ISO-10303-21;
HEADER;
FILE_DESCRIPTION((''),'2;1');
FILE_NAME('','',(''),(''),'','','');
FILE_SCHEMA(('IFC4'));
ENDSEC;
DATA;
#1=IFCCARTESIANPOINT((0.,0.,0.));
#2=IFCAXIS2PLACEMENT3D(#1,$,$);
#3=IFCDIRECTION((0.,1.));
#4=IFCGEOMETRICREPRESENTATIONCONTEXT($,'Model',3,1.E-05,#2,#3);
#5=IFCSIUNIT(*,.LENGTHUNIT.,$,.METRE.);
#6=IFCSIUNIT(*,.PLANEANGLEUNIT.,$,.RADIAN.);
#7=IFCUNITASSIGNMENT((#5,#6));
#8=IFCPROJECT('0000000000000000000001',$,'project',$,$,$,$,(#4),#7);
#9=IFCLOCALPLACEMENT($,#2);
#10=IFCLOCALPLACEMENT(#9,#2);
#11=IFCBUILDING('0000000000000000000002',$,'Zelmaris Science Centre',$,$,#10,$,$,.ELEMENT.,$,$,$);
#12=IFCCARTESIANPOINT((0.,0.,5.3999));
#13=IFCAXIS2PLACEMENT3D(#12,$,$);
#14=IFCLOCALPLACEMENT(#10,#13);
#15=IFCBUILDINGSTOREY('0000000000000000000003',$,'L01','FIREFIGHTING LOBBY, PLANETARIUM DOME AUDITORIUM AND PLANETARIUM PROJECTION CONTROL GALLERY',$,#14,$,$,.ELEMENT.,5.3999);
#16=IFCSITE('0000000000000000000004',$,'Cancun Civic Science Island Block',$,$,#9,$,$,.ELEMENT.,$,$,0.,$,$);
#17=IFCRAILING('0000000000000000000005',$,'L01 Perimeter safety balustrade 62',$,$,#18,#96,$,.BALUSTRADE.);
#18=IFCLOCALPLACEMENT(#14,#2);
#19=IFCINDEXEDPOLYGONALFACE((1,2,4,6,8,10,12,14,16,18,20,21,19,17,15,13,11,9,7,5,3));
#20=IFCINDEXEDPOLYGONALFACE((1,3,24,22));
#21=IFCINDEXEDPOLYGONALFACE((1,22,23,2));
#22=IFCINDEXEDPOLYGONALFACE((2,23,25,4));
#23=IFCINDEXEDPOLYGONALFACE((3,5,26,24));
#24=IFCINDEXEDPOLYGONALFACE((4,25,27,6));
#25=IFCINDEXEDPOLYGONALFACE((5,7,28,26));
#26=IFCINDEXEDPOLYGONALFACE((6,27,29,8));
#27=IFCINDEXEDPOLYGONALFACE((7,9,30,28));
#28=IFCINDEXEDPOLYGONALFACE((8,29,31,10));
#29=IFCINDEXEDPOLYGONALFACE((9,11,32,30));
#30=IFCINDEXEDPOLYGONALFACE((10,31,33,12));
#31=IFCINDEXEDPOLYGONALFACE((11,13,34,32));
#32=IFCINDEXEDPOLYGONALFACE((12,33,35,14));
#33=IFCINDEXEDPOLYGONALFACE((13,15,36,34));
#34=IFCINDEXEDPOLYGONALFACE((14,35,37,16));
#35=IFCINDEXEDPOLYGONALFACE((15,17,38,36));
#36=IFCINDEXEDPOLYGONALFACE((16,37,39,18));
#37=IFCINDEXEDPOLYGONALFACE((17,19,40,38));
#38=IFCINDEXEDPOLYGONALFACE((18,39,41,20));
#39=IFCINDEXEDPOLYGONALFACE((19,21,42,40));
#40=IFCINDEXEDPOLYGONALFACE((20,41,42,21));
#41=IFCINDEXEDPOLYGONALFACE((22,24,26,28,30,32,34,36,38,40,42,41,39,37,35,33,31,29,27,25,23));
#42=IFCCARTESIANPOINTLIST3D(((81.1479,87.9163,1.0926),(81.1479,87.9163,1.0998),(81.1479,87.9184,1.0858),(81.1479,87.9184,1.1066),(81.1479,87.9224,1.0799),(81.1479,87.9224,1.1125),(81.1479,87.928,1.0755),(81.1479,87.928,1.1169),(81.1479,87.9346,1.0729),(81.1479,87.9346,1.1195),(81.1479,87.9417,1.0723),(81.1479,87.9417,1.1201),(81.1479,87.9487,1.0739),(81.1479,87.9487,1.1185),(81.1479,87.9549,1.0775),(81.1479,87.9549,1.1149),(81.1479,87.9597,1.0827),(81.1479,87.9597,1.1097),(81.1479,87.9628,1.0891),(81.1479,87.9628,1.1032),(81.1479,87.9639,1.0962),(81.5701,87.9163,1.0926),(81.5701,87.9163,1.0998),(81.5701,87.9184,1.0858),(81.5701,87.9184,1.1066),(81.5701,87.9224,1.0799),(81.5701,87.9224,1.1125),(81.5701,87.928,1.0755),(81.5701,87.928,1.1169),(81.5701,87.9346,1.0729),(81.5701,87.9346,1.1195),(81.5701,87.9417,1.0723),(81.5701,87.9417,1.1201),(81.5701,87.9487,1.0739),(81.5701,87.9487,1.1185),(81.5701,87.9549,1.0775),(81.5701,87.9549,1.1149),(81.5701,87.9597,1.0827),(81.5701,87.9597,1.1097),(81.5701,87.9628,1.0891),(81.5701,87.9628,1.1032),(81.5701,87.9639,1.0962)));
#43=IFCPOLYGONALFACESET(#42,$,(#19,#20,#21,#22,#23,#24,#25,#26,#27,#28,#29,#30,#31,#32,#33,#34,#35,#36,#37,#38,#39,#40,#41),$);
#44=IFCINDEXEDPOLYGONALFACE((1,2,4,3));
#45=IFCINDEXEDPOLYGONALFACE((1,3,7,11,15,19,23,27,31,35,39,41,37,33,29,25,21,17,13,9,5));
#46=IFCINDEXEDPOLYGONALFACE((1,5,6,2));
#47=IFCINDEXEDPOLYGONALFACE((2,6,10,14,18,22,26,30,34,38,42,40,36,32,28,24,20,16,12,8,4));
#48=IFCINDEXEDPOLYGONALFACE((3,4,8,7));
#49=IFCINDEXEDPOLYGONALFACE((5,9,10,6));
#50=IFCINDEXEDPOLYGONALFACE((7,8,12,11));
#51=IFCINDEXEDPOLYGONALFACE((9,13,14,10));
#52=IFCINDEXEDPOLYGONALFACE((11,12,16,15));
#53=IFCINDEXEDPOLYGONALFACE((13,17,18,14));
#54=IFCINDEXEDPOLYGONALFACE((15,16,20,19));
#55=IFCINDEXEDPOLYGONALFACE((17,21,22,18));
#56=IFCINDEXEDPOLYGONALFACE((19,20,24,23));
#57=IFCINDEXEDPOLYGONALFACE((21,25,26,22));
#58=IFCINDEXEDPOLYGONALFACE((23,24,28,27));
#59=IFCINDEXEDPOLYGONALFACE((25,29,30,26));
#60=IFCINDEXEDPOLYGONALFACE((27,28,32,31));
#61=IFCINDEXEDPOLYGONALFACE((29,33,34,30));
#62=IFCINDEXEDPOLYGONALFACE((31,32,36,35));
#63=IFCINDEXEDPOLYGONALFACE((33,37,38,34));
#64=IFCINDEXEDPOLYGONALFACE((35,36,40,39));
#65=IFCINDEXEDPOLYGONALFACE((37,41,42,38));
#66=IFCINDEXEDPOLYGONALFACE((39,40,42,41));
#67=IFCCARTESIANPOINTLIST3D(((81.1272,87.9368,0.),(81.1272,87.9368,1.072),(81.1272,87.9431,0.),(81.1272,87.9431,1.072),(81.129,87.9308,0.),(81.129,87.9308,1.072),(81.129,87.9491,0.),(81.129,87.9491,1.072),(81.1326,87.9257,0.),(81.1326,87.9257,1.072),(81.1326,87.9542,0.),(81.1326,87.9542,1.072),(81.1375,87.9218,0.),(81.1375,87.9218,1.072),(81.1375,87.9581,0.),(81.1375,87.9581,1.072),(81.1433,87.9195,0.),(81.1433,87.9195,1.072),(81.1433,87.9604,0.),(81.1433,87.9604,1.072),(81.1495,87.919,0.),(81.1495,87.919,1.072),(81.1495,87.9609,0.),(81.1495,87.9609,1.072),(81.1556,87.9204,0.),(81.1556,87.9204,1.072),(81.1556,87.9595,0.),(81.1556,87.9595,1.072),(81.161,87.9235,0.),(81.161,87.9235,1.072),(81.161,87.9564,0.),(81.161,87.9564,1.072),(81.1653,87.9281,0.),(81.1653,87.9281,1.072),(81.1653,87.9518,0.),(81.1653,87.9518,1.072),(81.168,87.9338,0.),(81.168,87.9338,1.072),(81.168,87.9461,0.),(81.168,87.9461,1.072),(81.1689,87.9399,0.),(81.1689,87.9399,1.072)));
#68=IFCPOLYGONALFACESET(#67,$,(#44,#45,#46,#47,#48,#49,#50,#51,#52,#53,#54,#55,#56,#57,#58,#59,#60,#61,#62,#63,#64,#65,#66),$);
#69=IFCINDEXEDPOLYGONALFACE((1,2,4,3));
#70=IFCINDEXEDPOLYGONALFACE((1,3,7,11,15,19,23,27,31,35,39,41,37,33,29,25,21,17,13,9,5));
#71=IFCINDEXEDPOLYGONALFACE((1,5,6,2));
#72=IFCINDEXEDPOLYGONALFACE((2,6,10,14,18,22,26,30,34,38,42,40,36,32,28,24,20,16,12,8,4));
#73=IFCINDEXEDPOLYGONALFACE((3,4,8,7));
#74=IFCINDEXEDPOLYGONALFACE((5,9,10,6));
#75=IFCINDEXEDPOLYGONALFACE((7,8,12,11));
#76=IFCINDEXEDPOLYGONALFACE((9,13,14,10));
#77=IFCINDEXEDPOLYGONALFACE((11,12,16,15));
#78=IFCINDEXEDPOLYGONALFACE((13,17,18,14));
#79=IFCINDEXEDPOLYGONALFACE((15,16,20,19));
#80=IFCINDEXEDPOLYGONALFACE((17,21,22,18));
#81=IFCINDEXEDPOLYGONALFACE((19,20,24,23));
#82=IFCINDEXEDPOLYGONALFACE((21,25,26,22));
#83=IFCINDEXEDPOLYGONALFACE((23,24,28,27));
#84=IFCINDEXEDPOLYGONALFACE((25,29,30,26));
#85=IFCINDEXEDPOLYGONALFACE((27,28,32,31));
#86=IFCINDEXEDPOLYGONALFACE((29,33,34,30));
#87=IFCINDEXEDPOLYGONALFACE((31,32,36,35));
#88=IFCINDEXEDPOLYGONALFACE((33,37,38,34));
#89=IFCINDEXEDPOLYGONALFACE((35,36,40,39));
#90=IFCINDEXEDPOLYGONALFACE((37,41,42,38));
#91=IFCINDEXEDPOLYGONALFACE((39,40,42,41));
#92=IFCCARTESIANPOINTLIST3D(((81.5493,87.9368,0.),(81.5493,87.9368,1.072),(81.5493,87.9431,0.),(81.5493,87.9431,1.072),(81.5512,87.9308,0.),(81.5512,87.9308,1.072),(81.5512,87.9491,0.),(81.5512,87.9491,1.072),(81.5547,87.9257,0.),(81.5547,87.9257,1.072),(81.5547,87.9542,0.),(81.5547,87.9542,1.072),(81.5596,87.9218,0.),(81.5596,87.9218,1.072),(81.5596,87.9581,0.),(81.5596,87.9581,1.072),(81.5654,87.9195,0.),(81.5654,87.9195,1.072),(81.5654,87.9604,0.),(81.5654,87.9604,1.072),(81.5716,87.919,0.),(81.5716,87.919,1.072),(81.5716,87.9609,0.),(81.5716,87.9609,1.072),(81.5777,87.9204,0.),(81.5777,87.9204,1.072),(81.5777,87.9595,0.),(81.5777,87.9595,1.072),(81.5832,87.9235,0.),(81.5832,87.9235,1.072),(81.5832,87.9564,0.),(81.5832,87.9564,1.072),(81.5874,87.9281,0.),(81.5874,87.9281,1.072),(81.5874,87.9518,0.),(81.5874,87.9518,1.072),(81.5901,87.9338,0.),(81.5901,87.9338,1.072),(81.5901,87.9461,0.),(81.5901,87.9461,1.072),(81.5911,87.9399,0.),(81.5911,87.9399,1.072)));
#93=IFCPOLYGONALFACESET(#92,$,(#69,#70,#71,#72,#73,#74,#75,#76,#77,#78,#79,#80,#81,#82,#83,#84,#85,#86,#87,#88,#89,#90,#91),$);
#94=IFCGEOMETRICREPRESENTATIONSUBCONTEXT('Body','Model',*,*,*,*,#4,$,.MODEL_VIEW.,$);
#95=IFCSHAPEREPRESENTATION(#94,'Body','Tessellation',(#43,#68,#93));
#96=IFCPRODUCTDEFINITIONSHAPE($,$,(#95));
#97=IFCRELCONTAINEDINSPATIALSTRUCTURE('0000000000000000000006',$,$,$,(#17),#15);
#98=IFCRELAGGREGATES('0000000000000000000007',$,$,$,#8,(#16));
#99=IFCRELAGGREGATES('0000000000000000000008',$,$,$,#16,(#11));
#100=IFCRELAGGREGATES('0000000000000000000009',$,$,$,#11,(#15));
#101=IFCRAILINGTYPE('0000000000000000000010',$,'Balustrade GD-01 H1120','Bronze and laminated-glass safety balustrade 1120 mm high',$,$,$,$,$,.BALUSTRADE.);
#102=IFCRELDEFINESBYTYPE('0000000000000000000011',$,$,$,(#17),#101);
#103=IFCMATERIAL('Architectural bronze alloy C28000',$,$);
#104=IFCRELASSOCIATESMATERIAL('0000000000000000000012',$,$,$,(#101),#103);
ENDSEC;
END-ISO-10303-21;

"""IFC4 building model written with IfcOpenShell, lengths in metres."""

from ifc_helpers import new_model, si_unit, direction, frame, origin, origin_2d, place, context, subcontext, project, spatial, circle, extrude, material, type_object, element, save


model = new_model("IFC4")

# Units and contexts
model_context = context("Model", 3, precision=1e-05, world=origin(), true_north=direction((0.0, 1.0)))
body_context = subcontext(model_context, "Body", "Model", "MODEL_VIEW")
ifc_project = project(units=[si_unit("LENGTHUNIT", "METRE"), si_unit("PLANEANGLEUNIT", "RADIAN")], contexts=[model_context])

# Site, building, storey
site_placement = place(None, origin())
site = spatial("IfcSite", under=ifc_project, at=site_placement, Name="Cancun Civic Science Island Block", CompositionType="ELEMENT", RefElevation=0.0)
building_placement = place(site_placement, origin())
building = spatial("IfcBuilding", under=site, at=building_placement, Name="Zelmaris Science Centre", CompositionType="ELEMENT")
storey_placement = place(building_placement, frame((0.0, 0.0, 5.3999)))
storey = spatial("IfcBuildingStorey", under=building, at=storey_placement, Name="L01", Description="FIREFIGHTING LOBBY, PLANETARIUM DOME AUDITORIUM AND PLANETARIUM PROJECTION CONTROL GALLERY", CompositionType="ELEMENT", Elevation=5.3999)

# Railing
ifc_material_1 = material(Name="Architectural bronze alloy C28000")
railing_type = type_object("IfcRailingType", Name="Balustrade GD-01 H1120", Description="Bronze and laminated-glass safety balustrade 1120 mm high", PredefinedType="BALUSTRADE", material=ifc_material_1)
railing_1_placement = place(storey_placement, frame((81.1479, 87.9399, 0.0)))
element("IfcRailing", 1, at=railing_1_placement, inside=storey, type_object=railing_type, Name="L01 Perimeter safety balustrade 62", PredefinedType="BALUSTRADE", context=body_context, shape_type="SweptSolid", body=[
    extrude(circle(Radius=0.0239, at=origin_2d()), frame((0.0, 0.0, 1.0962), z_axis=(1.0, 0.0, 0.0), x_axis=(0.0, 1.0, 0.0)), (0.0, 0.0, 1.0), 0.4221),
    extrude(circle(Radius=0.021, at=origin_2d()), origin(), (0.0, 0.0, 1.0), 1.072),
    extrude(circle(Radius=0.021, at=origin_2d()), frame((0.4221, 0.0, 0.0)), (0.0, 0.0, 1.0), 1.072),
])

save(model, "model.ifc")
